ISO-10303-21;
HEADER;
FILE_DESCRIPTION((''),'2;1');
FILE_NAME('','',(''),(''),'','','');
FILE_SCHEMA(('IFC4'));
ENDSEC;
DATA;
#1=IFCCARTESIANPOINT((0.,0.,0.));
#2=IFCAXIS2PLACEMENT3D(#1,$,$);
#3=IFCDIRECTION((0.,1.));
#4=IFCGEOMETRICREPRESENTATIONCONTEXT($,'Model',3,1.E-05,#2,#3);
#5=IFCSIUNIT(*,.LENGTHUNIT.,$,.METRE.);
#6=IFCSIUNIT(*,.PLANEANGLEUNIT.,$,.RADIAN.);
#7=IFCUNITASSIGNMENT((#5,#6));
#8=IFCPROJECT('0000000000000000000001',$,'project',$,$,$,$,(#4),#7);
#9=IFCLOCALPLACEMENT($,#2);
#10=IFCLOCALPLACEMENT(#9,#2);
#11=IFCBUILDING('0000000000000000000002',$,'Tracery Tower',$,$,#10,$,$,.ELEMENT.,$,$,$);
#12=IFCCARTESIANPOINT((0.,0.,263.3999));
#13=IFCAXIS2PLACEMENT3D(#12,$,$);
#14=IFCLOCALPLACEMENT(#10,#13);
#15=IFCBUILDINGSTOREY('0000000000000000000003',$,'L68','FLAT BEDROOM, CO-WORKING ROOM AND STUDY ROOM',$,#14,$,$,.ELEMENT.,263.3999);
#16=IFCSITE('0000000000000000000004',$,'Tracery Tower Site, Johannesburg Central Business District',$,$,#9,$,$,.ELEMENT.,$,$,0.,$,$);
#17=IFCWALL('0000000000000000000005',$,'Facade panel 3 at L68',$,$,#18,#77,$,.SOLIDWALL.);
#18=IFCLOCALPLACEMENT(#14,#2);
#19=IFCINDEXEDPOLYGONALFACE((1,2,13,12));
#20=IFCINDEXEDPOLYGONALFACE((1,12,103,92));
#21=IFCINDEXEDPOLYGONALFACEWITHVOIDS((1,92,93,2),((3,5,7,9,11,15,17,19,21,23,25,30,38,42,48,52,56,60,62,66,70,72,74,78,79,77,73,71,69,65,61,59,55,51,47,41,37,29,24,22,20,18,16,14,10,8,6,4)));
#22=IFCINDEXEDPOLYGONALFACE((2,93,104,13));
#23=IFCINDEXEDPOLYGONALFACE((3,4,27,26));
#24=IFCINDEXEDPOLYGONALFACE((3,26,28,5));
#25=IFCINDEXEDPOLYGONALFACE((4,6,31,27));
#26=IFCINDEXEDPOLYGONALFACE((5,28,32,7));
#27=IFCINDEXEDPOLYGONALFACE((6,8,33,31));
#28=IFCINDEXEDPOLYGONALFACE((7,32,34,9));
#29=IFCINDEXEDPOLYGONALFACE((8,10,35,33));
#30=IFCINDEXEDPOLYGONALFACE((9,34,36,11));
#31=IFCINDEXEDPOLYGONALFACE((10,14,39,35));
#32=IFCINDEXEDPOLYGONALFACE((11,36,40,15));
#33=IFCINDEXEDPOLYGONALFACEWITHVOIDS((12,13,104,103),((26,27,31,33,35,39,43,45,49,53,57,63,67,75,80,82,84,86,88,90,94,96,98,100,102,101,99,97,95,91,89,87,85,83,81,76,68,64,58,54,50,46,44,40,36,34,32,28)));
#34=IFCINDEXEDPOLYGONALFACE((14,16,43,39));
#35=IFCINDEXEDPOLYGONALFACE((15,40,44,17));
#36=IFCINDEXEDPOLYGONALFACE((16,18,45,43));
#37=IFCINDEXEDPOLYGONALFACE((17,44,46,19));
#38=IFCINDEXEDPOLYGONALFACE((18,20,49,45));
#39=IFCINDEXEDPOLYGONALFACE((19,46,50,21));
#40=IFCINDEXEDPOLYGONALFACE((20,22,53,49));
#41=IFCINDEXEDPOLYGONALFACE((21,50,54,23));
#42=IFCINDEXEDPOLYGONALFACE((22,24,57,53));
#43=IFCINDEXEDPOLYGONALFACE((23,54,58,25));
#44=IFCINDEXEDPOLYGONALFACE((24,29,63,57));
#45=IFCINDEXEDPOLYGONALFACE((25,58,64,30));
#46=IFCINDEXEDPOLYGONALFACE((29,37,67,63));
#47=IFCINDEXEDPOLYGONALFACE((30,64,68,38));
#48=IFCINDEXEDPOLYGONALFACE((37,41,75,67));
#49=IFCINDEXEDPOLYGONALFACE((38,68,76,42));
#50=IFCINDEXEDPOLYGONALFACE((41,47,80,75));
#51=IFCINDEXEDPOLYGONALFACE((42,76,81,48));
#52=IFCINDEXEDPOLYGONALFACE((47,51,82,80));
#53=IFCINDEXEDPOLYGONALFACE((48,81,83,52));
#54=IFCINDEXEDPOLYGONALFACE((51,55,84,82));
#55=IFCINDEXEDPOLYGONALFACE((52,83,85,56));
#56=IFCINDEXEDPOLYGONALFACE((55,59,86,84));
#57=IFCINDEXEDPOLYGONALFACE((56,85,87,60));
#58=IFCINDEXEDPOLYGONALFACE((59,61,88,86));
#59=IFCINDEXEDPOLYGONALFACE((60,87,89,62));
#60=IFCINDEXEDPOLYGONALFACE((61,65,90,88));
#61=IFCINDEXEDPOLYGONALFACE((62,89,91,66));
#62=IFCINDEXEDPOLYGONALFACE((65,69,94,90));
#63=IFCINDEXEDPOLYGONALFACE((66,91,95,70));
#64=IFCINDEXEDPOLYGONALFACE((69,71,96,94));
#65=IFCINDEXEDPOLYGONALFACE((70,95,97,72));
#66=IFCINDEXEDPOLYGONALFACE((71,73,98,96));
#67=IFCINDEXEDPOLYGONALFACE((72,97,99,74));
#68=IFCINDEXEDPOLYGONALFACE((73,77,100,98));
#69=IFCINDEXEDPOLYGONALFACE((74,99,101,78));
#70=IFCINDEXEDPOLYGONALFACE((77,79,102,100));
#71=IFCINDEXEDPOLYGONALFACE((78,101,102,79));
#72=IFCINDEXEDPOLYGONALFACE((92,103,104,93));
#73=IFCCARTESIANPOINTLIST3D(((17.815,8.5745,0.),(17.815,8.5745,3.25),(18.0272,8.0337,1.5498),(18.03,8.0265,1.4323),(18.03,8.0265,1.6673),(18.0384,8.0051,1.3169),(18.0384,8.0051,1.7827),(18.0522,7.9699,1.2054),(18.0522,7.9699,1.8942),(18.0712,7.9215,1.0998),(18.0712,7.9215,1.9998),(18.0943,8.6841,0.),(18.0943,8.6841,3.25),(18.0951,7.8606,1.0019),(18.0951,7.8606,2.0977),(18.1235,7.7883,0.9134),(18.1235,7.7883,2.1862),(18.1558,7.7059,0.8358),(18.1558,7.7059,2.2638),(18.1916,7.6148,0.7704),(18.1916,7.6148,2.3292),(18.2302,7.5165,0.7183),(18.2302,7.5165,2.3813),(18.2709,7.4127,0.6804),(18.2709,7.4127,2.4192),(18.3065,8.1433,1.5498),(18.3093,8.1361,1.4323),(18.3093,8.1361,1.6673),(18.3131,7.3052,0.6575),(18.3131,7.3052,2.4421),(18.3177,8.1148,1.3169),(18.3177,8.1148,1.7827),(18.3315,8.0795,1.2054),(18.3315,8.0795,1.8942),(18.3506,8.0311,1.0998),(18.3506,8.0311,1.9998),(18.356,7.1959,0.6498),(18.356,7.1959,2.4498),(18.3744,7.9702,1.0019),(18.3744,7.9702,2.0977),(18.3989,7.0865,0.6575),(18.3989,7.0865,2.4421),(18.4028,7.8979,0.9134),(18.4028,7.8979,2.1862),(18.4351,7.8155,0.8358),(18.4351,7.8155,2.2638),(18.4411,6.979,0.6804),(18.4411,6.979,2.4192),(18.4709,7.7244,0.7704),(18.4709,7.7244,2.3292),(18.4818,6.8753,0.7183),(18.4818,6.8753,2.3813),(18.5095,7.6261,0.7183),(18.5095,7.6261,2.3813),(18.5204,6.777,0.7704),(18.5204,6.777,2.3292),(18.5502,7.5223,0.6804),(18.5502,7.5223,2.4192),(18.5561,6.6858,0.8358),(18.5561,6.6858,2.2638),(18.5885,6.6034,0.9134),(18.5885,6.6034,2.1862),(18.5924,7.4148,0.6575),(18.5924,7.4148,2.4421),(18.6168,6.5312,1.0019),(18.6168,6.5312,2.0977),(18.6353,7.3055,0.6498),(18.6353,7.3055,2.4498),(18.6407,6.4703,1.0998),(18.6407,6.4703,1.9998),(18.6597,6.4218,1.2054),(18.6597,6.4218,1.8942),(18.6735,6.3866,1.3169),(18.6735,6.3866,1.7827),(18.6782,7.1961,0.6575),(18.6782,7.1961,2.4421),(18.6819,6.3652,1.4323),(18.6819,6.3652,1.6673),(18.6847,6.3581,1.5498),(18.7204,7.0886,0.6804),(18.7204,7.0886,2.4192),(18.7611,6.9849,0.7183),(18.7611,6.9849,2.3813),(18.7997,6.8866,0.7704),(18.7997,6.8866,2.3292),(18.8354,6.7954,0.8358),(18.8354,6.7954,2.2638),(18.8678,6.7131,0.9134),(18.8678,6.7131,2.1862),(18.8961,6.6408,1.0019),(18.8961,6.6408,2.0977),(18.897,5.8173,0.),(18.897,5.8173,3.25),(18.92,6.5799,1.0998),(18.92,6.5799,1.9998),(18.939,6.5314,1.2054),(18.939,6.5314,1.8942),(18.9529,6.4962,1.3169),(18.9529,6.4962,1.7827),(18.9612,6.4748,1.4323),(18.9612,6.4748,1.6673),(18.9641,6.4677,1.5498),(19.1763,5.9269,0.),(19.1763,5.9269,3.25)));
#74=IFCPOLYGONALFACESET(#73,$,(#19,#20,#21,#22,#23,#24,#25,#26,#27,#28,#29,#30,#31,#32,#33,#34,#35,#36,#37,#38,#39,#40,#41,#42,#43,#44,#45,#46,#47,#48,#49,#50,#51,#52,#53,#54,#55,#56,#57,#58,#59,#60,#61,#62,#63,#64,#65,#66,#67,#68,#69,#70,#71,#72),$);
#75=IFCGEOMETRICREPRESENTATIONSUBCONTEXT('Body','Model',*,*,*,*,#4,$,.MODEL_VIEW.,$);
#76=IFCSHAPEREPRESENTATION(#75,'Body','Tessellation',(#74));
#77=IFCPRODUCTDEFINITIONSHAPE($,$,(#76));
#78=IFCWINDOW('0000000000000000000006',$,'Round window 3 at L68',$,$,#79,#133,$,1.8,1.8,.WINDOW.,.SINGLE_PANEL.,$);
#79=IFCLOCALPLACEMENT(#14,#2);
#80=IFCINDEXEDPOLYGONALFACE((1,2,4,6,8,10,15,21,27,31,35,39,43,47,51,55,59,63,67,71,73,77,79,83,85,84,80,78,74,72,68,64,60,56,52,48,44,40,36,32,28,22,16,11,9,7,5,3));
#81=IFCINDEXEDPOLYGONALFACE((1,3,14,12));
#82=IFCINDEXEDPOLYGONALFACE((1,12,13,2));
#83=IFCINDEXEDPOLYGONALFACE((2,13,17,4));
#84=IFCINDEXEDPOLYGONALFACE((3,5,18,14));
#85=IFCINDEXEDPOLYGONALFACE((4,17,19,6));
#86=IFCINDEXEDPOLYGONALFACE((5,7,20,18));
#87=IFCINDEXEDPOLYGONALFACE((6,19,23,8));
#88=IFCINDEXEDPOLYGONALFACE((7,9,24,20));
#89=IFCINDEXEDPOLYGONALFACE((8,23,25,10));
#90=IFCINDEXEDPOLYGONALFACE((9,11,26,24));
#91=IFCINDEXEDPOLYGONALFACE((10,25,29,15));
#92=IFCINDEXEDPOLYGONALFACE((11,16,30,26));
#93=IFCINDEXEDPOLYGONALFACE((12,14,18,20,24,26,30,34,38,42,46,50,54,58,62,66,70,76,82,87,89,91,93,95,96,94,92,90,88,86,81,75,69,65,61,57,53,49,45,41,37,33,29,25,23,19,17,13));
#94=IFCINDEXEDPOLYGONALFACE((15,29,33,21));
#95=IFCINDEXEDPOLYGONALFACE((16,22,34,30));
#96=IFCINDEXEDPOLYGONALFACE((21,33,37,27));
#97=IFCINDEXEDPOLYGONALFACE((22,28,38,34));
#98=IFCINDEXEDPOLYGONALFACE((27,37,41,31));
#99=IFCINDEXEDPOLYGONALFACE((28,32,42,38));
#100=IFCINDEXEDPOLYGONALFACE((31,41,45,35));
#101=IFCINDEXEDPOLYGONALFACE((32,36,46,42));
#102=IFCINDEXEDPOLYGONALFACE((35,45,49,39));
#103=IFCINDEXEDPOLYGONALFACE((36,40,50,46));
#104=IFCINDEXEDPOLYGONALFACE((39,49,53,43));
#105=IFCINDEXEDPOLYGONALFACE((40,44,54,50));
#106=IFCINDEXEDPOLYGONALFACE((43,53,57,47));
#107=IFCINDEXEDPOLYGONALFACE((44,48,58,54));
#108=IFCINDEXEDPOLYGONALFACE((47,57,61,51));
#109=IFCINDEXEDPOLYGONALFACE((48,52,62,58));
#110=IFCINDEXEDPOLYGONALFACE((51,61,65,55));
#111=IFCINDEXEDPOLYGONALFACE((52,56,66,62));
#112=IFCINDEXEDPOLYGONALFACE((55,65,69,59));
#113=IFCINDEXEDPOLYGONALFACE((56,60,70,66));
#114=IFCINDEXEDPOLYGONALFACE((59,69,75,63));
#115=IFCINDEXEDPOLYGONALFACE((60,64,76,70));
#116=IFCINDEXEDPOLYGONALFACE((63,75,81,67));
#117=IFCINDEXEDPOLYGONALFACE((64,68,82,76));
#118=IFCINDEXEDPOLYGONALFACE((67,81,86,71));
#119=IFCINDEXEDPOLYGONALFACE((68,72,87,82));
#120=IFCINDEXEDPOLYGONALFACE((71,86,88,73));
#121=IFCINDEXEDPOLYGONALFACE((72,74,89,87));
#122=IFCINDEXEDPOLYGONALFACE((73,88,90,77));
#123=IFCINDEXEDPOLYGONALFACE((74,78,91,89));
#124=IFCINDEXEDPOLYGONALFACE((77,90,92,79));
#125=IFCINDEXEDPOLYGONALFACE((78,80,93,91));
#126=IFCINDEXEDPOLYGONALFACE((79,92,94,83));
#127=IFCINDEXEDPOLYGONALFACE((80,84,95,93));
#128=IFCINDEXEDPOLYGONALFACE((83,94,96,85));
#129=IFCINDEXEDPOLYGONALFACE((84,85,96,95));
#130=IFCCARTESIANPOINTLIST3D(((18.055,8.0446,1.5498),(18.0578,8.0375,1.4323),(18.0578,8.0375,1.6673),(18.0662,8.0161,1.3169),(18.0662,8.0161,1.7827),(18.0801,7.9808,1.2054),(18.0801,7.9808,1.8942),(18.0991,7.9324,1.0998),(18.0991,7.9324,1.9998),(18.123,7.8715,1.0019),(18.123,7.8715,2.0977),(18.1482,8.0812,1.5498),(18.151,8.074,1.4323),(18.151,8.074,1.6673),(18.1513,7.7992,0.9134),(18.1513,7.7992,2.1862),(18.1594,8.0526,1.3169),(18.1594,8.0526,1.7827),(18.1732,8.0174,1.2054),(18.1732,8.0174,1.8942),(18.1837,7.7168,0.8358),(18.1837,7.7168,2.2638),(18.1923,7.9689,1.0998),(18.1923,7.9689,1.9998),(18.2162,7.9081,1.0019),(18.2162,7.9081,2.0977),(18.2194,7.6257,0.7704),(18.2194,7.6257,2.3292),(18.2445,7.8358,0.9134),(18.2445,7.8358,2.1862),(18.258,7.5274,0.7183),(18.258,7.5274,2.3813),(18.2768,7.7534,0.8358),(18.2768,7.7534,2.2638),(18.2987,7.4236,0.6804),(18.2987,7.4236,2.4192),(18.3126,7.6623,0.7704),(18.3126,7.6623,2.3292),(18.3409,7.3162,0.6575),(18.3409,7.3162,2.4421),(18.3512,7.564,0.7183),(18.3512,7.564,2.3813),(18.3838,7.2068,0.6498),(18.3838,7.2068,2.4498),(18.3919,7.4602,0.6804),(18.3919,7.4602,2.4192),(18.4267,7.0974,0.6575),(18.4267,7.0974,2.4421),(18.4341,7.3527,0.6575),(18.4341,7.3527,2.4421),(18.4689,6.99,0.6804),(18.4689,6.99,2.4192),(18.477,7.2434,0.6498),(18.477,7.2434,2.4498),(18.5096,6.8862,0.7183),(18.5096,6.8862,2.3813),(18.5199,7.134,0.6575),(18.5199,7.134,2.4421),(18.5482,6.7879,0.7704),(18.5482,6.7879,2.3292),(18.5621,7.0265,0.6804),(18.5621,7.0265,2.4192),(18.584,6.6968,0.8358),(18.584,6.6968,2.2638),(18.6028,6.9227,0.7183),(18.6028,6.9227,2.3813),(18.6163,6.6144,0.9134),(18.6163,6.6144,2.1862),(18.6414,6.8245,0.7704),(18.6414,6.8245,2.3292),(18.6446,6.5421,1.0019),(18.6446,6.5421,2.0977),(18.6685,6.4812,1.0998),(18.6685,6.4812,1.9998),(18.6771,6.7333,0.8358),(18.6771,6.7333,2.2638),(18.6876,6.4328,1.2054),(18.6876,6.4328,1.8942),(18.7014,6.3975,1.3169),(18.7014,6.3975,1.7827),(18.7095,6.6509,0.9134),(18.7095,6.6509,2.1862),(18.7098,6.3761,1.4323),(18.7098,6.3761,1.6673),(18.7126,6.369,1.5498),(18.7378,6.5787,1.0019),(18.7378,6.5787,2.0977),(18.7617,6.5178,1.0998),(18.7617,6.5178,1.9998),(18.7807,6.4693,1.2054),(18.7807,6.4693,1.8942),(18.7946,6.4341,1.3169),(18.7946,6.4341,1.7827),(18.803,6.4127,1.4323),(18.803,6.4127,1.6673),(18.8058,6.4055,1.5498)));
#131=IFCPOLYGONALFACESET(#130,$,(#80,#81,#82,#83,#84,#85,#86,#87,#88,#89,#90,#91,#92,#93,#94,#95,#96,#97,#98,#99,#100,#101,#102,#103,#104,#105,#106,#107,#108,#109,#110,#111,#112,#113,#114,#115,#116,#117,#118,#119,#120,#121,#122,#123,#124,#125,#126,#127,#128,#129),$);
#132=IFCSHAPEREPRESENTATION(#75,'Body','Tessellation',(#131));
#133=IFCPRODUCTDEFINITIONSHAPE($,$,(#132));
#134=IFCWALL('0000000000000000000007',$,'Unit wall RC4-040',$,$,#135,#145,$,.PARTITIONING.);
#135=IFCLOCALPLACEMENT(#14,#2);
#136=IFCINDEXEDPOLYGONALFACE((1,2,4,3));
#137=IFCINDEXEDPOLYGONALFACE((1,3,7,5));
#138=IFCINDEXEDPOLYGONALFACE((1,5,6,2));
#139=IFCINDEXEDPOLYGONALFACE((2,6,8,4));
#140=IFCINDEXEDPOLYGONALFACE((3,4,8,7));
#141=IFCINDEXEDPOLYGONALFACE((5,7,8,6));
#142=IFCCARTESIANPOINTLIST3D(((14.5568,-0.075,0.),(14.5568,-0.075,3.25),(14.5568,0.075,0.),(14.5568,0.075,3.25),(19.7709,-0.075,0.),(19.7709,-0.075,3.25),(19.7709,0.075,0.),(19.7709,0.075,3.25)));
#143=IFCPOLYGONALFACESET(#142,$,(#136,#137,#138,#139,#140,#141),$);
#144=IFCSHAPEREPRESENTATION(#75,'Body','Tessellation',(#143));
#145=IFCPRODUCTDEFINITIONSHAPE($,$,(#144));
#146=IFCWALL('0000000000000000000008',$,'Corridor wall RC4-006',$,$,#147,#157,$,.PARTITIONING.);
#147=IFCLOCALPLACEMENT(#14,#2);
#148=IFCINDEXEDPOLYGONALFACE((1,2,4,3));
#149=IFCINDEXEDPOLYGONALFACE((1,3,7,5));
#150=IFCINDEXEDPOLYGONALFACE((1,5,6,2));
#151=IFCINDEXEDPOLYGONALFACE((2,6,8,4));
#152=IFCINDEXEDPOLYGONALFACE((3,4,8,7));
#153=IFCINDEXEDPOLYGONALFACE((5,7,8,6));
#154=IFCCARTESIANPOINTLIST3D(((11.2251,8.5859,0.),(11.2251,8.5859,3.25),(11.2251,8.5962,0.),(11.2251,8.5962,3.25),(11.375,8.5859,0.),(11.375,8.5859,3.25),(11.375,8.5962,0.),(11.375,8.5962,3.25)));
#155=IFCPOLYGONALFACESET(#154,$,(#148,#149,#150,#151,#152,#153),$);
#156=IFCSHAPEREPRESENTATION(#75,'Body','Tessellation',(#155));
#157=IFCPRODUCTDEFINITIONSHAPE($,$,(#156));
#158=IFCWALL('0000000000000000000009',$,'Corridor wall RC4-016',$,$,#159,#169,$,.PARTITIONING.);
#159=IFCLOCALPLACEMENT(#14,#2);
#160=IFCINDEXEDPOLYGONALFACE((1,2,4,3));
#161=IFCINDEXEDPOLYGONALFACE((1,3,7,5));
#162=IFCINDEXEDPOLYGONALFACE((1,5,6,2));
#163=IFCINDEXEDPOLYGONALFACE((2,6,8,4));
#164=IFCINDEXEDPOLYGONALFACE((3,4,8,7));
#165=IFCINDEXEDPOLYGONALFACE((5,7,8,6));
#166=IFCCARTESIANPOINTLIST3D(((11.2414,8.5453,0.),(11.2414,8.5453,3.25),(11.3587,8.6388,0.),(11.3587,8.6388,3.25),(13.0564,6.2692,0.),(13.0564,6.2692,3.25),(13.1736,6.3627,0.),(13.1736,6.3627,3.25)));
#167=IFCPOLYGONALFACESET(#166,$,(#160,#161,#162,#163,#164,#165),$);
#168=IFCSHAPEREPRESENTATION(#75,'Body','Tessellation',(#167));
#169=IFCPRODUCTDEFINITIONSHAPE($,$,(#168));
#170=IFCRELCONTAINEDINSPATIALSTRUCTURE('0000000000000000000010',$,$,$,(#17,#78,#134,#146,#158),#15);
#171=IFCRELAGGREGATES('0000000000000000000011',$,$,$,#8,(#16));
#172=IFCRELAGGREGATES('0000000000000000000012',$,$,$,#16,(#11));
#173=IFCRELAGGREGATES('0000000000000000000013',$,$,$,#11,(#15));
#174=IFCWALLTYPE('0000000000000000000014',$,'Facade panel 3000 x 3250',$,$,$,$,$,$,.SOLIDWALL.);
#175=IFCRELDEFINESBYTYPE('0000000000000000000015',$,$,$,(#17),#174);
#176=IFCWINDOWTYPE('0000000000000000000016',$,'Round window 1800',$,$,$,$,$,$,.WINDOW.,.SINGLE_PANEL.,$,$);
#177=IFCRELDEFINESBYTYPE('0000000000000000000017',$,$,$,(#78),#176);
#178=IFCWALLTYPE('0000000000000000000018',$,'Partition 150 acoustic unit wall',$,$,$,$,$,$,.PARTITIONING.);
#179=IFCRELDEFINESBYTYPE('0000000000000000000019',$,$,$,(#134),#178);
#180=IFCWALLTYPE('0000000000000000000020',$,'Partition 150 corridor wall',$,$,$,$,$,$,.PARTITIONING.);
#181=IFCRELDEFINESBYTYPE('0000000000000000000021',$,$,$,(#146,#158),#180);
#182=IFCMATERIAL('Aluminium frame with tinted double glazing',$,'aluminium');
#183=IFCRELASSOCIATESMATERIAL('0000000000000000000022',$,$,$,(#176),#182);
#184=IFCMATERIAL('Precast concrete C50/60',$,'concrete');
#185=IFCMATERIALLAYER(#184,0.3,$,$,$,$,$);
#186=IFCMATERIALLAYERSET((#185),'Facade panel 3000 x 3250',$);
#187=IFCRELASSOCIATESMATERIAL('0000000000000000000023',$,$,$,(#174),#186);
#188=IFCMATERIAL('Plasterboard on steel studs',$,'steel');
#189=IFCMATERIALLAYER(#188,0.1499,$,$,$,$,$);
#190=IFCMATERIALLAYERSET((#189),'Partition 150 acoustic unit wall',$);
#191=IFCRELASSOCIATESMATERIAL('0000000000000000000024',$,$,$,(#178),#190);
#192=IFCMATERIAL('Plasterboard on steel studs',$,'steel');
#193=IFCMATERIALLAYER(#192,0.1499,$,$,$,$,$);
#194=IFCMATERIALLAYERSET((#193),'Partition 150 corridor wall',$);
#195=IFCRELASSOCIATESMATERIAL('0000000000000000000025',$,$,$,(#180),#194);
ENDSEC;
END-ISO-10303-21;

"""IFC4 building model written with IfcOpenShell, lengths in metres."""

from ifc_helpers import new_model, si_unit, direction, frame, frame_2d, origin, origin_2d, place, context, subcontext, project, spatial, rectangle, circle, extrude, material, layer, layer_set, type_object, element, fill, save


model = new_model("IFC4")

# Units and contexts
model_context = context("Model", 3, precision=1e-05, world=origin(), true_north=direction((0.0, 1.0)))
body_context = subcontext(model_context, "Body", "Model", "MODEL_VIEW")
ifc_project = project(units=[si_unit("LENGTHUNIT", "METRE"), si_unit("PLANEANGLEUNIT", "RADIAN")], contexts=[model_context])

# Site, building, storey
site_placement = place(None, origin())
site = spatial("IfcSite", under=ifc_project, at=site_placement, Name="Tracery Tower Site, Johannesburg Central Business District", CompositionType="ELEMENT", RefElevation=0.0)
building_placement = place(site_placement, origin())
building = spatial("IfcBuilding", under=site, at=building_placement, Name="Tracery Tower", CompositionType="ELEMENT")
storey_placement = place(building_placement, frame((0.0, 0.0, 263.3999)))
storey = spatial("IfcBuildingStorey", under=building, at=storey_placement, Name="L68", Description="FLAT BEDROOM, CO-WORKING ROOM AND STUDY ROOM", CompositionType="ELEMENT", Elevation=263.3999)

# Wall, opening, window
ifc_material_1 = material(Name="Aluminium frame with tinted double glazing", Category="aluminium")
window_type = type_object("IfcWindowType", Name="Round window 1800", PartitioningType="SINGLE_PANEL", PredefinedType="WINDOW", material=ifc_material_1)
ifc_material_2 = material(Name="Precast concrete C50/60", Category="concrete")
ifc_layer_1 = layer(ifc_material_2, 0.3)
ifc_layer_set_1 = layer_set([ifc_layer_1], Name="Facade panel 3000 x 3250")
wall_type_1 = type_object("IfcWallType", Name="Facade panel 3000 x 3250", PredefinedType="SOLIDWALL", material=ifc_layer_set_1)
wall_1_placement = place(storey_placement, frame((19.0366, 5.8721, 0.0), z_axis=(0.0, 0.0, 1.0), x_axis=(-0.3653, 0.93089, 0.0)))
wall_1 = element("IfcWall", 1, at=wall_1_placement, inside=storey, type_object=wall_type_1, Name="Facade panel 3 at L68", PredefinedType="SOLIDWALL", context=body_context, shape_type="SweptSolid", body=[
    extrude(rectangle(XDim=2.9619, YDim=0.3, at=frame_2d((1.481, 0.0))), origin(), (0.0, 0.0, 1.0), 3.25),
])
opening_1_placement = place(wall_1_placement, frame((1.481, 0.0, 1.5498)))
opening_1 = element("IfcOpeningElement", 2, at=opening_1_placement, cuts=wall_1, PredefinedType="OPENING", context=body_context, shape_type="SweptSolid", body=[
    extrude(circle(Radius=0.9, at=origin_2d()), frame((0.0, 0.1599, 0.0), z_axis=(0.0, -1.0, 0.0), x_axis=(1.0, 0.0, 0.0)), (0.0, 0.0, 1.0), 0.3201),
])
window_1_placement = place(opening_1_placement, origin())
window_1 = element("IfcWindow", 3, at=window_1_placement, inside=storey, type_object=window_type, Name="Round window 3 at L68", OverallHeight=1.8, OverallWidth=1.8, PartitioningType="SINGLE_PANEL", PredefinedType="WINDOW", context=body_context, shape_type="SweptSolid", body=[
    extrude(circle(Radius=0.9, at=origin_2d()), frame((0.0, 0.1201, 0.0), z_axis=(0.0, -1.0, 0.0), x_axis=(1.0, 0.0, 0.0)), (0.0, 0.0, 1.0), 0.1001),
])
fill(opening_1, window_1)

# Walls
ifc_material_3 = material(Name="Plasterboard on steel studs", Category="steel")
ifc_layer_2 = layer(ifc_material_3, 0.1499)
ifc_layer_set_2 = layer_set([ifc_layer_2], Name="Partition 150 acoustic unit wall")
wall_type_2 = type_object("IfcWallType", Name="Partition 150 acoustic unit wall", PredefinedType="PARTITIONING", material=ifc_layer_set_2)
wall_2_placement = place(storey_placement, frame((14.5569, 0.0, 0.0), z_axis=(0.0, 0.0, 1.0), x_axis=(1.0, 0.0, 0.0)))
element("IfcWall", 4, at=wall_2_placement, inside=storey, type_object=wall_type_2, Name="Unit wall RC4-040", PredefinedType="PARTITIONING", context=body_context, shape_type="SweptSolid", body=[
    extrude(rectangle(XDim=5.2141, YDim=0.1499, at=frame_2d((2.6069, 0.0))), origin(), (0.0, 0.0, 1.0), 3.25),
])
ifc_material_4 = material(Name="Plasterboard on steel studs", Category="steel")
ifc_layer_3 = layer(ifc_material_4, 0.1499)
ifc_layer_set_3 = layer_set([ifc_layer_3], Name="Partition 150 corridor wall")
wall_type_3 = type_object("IfcWallType", Name="Partition 150 corridor wall", PredefinedType="PARTITIONING", material=ifc_layer_set_3)
wall_3_placement = place(storey_placement, frame((11.3, 8.5859, 0.0), z_axis=(0.0, 0.0, 1.0), x_axis=(0.0, 1.0, 0.0)))
element("IfcWall", 5, at=wall_3_placement, inside=storey, type_object=wall_type_3, Name="Corridor wall RC4-006", PredefinedType="PARTITIONING", context=body_context, shape_type="SweptSolid", body=[
    extrude(rectangle(XDim=0.0103, YDim=0.1499, at=frame_2d((0.0051, 0.0))), origin(), (0.0, 0.0, 1.0), 3.25),
])
wall_4_placement = place(storey_placement, frame((11.3, 8.592, 0.0), z_axis=(0.0, 0.0, 1.0), x_axis=(0.623447, -0.781866, 0.0)))
element("IfcWall", 6, at=wall_4_placement, inside=storey, type_object=wall_type_3, Name="Corridor wall RC4-016", PredefinedType="PARTITIONING", context=body_context, shape_type="SweptSolid", body=[
    extrude(rectangle(XDim=2.9111, YDim=0.1499, at=frame_2d((1.4556, 0.0))), origin(), (0.0, 0.0, 1.0), 3.25),
])

save(model, "model.ifc")
